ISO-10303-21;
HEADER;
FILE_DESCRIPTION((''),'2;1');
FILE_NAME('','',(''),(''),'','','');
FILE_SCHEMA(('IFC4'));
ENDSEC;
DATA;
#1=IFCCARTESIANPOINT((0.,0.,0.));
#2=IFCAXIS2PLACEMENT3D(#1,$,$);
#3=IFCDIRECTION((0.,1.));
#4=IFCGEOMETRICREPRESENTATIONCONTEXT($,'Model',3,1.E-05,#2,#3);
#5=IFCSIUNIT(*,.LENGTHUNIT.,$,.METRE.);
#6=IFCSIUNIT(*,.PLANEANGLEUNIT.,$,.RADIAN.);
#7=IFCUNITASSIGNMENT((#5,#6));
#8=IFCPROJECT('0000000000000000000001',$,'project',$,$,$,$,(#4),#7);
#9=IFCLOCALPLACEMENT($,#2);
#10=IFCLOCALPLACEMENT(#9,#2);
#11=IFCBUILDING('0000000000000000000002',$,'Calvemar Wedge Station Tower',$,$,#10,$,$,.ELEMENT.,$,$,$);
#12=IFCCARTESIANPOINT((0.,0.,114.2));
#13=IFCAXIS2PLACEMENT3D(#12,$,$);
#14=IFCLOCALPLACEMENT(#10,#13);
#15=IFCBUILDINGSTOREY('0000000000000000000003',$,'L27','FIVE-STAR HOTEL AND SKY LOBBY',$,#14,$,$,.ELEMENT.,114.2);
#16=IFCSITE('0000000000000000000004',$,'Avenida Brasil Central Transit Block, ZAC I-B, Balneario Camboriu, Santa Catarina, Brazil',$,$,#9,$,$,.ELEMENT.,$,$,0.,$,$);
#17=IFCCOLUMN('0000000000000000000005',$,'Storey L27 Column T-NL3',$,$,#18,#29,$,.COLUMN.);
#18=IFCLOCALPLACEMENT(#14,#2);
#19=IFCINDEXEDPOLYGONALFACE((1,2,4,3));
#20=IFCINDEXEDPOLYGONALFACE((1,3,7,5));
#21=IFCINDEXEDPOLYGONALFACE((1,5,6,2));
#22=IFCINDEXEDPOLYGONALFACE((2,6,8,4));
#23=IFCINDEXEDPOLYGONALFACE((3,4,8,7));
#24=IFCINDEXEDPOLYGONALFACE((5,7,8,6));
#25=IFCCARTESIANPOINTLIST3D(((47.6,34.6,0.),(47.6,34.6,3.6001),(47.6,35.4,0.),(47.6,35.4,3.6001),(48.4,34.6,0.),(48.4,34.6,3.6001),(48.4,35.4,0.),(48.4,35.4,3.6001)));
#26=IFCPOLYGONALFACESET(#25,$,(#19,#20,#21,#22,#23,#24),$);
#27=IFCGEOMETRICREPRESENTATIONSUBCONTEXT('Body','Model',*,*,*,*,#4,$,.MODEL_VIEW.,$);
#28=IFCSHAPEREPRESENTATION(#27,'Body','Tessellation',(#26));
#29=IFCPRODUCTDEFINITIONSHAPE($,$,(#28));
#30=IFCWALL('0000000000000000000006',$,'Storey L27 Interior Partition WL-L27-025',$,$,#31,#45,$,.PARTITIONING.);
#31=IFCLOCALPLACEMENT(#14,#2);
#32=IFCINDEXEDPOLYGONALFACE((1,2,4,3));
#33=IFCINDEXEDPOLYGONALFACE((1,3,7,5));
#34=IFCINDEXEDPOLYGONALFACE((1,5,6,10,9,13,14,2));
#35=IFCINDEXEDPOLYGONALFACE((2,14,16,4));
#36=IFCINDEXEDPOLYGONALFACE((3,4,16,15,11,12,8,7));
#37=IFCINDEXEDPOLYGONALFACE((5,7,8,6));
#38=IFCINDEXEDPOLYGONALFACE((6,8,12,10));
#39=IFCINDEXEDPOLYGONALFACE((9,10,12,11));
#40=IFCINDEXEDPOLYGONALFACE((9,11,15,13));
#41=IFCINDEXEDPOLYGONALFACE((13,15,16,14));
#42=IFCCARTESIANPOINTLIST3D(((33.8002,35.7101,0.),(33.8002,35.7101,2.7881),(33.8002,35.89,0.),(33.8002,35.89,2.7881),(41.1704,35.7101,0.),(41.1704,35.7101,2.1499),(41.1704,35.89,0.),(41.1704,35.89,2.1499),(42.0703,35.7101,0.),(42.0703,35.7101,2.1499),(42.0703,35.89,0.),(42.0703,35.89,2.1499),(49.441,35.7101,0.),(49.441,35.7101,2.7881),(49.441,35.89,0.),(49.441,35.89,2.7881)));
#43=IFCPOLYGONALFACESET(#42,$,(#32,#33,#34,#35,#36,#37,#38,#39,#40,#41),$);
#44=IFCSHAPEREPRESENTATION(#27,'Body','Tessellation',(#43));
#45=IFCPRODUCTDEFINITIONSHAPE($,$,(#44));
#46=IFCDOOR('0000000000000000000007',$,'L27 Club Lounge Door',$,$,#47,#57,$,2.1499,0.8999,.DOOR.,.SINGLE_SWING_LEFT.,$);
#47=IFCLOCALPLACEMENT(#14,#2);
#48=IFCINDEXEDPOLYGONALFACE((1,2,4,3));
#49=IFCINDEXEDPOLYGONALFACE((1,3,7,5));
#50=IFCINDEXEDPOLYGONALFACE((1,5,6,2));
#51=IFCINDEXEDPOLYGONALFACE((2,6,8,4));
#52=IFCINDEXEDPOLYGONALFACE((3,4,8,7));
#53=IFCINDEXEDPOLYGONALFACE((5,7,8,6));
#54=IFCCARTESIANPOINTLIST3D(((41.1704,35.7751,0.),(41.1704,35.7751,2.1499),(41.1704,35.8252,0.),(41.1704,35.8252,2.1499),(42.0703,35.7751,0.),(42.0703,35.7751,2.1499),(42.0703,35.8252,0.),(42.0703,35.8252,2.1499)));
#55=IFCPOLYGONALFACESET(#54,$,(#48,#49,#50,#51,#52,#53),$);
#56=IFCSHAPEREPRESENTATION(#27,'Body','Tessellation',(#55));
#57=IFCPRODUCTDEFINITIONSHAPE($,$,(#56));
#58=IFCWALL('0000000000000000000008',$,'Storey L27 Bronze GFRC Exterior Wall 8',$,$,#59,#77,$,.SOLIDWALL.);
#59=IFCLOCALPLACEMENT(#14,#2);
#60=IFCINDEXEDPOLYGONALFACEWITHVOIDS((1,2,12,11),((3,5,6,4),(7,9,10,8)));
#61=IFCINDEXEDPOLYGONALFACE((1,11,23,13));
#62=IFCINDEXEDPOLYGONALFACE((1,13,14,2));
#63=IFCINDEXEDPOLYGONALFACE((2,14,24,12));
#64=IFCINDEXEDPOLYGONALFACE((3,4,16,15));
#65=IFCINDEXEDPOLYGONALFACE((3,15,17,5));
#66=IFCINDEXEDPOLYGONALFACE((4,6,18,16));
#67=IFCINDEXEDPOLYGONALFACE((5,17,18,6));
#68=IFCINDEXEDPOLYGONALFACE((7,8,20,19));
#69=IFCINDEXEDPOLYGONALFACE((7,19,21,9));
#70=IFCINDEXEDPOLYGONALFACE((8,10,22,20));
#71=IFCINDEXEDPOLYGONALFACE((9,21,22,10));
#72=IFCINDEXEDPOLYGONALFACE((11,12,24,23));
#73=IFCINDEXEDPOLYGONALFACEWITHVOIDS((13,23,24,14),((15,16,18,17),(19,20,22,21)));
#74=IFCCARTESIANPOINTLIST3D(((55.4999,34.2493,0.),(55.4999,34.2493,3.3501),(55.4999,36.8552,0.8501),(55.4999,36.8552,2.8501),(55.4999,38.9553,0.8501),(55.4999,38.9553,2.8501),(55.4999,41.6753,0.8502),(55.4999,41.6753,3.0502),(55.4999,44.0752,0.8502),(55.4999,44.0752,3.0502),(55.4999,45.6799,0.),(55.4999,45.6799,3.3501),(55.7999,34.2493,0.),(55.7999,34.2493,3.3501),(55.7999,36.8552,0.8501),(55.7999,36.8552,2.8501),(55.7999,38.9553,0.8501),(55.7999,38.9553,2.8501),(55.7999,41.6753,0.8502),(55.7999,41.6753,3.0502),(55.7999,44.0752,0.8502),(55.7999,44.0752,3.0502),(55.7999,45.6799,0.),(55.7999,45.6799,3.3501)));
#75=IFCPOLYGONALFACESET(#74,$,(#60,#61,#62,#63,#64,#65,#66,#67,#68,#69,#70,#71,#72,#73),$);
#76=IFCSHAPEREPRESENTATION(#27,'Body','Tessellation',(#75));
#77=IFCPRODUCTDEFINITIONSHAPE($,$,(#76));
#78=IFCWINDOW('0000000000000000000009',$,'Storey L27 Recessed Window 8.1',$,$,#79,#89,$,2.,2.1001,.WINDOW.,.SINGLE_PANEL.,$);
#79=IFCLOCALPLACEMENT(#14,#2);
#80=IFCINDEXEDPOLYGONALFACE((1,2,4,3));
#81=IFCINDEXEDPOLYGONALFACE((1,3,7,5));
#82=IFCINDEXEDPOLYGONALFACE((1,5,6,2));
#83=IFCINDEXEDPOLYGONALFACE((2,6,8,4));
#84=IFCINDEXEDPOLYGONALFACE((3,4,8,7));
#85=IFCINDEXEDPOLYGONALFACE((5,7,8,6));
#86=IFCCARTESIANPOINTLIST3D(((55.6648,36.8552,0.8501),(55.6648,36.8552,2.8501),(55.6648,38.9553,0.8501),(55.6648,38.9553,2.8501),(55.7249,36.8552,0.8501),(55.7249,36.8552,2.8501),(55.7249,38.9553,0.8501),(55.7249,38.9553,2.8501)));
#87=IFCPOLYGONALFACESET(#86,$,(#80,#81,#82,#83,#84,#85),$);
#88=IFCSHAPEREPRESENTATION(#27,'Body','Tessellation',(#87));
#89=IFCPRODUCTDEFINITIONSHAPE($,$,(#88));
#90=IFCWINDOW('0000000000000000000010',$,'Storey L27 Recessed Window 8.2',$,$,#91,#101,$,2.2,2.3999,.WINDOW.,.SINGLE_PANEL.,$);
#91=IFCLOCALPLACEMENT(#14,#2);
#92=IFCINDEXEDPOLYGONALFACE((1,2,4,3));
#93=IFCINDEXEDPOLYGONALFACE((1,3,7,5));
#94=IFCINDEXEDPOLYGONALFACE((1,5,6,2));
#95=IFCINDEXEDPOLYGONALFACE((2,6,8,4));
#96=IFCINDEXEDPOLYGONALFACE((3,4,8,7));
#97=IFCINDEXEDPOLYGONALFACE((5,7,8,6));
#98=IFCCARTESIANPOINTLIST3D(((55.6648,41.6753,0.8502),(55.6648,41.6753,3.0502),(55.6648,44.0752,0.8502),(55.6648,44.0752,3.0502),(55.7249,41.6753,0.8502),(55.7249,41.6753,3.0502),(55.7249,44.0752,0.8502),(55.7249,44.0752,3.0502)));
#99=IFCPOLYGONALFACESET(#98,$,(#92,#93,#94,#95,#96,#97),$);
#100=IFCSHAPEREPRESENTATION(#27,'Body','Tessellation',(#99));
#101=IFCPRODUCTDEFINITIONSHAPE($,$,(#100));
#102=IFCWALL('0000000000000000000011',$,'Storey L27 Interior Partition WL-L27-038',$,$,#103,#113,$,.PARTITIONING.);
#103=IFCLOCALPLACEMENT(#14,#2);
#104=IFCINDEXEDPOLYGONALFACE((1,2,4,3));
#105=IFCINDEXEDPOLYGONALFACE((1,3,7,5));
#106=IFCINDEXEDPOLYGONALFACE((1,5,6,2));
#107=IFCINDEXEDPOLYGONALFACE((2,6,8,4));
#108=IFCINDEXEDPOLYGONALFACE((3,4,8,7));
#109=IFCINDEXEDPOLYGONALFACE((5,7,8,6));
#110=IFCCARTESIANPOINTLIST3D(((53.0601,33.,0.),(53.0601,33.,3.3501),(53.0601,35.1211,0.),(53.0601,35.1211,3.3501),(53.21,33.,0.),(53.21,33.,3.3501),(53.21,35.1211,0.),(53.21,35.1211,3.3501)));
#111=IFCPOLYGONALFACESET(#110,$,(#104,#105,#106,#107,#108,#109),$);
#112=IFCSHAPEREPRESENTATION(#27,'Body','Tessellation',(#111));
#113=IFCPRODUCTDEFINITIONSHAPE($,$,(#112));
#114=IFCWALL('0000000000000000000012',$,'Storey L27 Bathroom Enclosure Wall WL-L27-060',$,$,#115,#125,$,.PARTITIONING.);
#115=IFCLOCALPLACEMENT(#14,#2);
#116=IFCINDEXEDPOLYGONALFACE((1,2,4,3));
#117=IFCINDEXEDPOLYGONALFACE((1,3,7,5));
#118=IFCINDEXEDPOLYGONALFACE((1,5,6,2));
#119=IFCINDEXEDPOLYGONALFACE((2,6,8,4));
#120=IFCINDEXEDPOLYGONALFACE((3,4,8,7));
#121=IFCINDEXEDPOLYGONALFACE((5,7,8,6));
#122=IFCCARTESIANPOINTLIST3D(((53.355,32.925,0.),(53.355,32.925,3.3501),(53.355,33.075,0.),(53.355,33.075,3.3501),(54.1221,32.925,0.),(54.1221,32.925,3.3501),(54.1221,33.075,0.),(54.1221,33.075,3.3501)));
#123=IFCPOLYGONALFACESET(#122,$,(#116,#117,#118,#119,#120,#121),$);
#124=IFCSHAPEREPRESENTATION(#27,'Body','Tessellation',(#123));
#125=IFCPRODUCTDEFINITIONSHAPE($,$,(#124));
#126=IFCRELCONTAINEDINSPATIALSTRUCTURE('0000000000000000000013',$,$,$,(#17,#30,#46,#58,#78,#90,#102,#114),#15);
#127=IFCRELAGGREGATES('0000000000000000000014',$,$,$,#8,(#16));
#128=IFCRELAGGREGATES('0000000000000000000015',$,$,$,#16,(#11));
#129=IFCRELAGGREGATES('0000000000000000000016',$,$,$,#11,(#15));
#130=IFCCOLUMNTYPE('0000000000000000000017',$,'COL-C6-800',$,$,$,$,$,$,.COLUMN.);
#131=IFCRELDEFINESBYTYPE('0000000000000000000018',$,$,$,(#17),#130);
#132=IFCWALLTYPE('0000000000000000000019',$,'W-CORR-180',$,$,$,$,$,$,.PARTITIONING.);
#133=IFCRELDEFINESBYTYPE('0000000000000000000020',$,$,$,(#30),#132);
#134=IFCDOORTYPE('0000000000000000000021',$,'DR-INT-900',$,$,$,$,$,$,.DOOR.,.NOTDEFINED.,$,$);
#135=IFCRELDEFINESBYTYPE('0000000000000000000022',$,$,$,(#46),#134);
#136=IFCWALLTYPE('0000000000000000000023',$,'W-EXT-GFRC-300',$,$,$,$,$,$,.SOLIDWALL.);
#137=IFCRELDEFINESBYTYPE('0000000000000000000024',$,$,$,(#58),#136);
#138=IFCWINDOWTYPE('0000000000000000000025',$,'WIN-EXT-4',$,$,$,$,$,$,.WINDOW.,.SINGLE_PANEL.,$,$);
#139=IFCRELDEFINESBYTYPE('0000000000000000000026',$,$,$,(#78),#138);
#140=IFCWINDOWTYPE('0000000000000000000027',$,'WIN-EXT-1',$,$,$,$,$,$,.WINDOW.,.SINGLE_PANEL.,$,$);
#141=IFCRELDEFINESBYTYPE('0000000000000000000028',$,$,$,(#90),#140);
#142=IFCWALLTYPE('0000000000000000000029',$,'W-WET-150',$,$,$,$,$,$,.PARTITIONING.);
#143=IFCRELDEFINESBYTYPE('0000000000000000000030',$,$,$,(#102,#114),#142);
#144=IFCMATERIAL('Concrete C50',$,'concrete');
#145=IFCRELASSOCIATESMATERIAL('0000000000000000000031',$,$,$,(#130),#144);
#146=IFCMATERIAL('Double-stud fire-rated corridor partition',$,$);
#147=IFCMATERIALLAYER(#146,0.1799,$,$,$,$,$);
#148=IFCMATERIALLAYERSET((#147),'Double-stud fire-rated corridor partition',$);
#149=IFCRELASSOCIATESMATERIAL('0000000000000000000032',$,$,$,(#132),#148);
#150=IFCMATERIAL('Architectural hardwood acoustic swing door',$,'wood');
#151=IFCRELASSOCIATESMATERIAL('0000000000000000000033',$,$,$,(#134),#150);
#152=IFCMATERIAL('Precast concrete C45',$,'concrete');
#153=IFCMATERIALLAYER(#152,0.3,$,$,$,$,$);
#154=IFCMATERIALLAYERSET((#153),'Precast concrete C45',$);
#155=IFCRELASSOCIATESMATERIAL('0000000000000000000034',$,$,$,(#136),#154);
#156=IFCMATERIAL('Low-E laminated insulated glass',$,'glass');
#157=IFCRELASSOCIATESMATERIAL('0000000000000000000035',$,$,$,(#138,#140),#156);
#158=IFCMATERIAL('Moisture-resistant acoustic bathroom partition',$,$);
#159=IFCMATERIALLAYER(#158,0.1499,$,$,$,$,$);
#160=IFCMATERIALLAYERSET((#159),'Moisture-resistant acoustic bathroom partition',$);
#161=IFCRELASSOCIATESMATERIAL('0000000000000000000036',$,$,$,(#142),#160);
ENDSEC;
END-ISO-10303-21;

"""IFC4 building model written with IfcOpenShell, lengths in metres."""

from ifc_helpers import new_model, si_unit, direction, frame, frame_2d, origin, origin_2d, place, context, subcontext, project, spatial, rectangle, extrude, source, transform, mapped, material, layer, layer_set, material_profile, profile_set, type_object, element, fill, save


model = new_model("IFC4")

# Units and contexts
model_context = context("Model", 3, precision=1e-05, world=origin(), true_north=direction((0.0, 1.0)))
body_context = subcontext(model_context, "Body", "Model", "MODEL_VIEW")
ifc_project = project(units=[si_unit("LENGTHUNIT", "METRE"), si_unit("PLANEANGLEUNIT", "RADIAN")], contexts=[model_context])

# Site, building, storey
site_placement = place(None, origin())
site = spatial("IfcSite", under=ifc_project, at=site_placement, Name="Avenida Brasil Central Transit Block, ZAC I-B, Balneario Camboriu, Santa Catarina, Brazil", CompositionType="ELEMENT", RefElevation=0.0)
building_placement = place(site_placement, origin())
building = spatial("IfcBuilding", under=site, at=building_placement, Name="Calvemar Wedge Station Tower", CompositionType="ELEMENT")
storey_placement = place(building_placement, frame((0.0, 0.0, 114.2)))
storey = spatial("IfcBuildingStorey", under=building, at=storey_placement, Name="L27", Description="FIVE-STAR HOTEL AND SKY LOBBY", CompositionType="ELEMENT", Elevation=114.2)

# Column
ifc_material_1 = material(Name="Concrete C50", Category="concrete")
ifc_material_profile = material_profile(ifc_material_1, rectangle(XDim=0.8, YDim=0.8, at=origin_2d()), Name="RC800x800")
ifc_profile_set = profile_set([ifc_material_profile], Name="Concrete C50")
column_type = type_object("IfcColumnType", Name="COL-C6-800", PredefinedType="COLUMN", material=ifc_profile_set)
shared_shape_1 = source(origin(), body_context, "Body", "SweptSolid", [
    extrude(rectangle(XDim=0.8, YDim=0.8, at=origin_2d()), origin(), (0.0, 0.0, 1.0), 3.6001),
])
column_placement = place(storey_placement, frame((48.0, 35.0, 0.0), z_axis=(0.0, 0.0, 1.0), x_axis=(1.0, 0.0, 0.0)))
element("IfcColumn", 1, at=column_placement, inside=storey, type_object=column_type, Name="Storey L27 Column T-NL3", PredefinedType="COLUMN", context=body_context, shape_type="MappedRepresentation", body=[
    mapped(shared_shape_1, transform((0.0, 0.0, 0.0), scale=1.0)),
])

# Wall, opening, door
ifc_material_2 = material(Name="Double-stud fire-rated corridor partition")
ifc_layer_1 = layer(ifc_material_2, 0.1799)
ifc_layer_set_1 = layer_set([ifc_layer_1], Name="Double-stud fire-rated corridor partition")
wall_type_1 = type_object("IfcWallType", Name="W-CORR-180", PredefinedType="PARTITIONING", material=ifc_layer_set_1)
shared_shape_2 = source(origin(), body_context, "Body", "SweptSolid", [
    extrude(rectangle(XDim=0.8999, YDim=2.1499, at=frame_2d((0.45, 1.075))), frame((0.0, 0.1001, 0.0), z_axis=(0.0, -1.0, 0.0), x_axis=(1.0, 0.0, 0.0)), (0.0, 0.0, 1.0), 0.2),
])
wall_1_placement = place(storey_placement, frame((49.4409, 35.8, 0.0), z_axis=(0.0, 0.0, 1.0), x_axis=(-1.0, 0.0, 0.0)))
wall_1 = element("IfcWall", 2, at=wall_1_placement, inside=storey, type_object=wall_type_1, Name="Storey L27 Interior Partition WL-L27-025", PredefinedType="PARTITIONING", context=body_context, shape_type="SweptSolid", body=[
    extrude(rectangle(XDim=15.6409, YDim=0.1799, at=frame_2d((7.8203, 0.0))), origin(), (0.0, 0.0, 1.0), 2.7881),
])
opening_1_placement = place(wall_1_placement, frame((7.3706, 0.0, 0.0)))
opening_1 = element("IfcOpeningElement", 3, at=opening_1_placement, cuts=wall_1, PredefinedType="OPENING", context=body_context, shape_type="MappedRepresentation", body=[
    mapped(shared_shape_2, transform((0.0, 0.0, 0.0), scale=1.0)),
])
ifc_material_3 = material(Name="Architectural hardwood acoustic swing door", Category="wood")
door_type_1 = type_object("IfcDoorType", Name="DR-INT-900", OperationType="NOTDEFINED", PredefinedType="DOOR", material=ifc_material_3)
shared_shape_3 = source(origin(), body_context, "Body", "SweptSolid", [
    extrude(rectangle(XDim=0.8999, YDim=2.1499, at=frame_2d((0.45, 1.075))), frame((0.0, 0.0249, 0.0), z_axis=(0.0, -1.0, 0.0), x_axis=(1.0, 0.0, 0.0)), (0.0, 0.0, 1.0), 0.05),
])
door_1_placement = place(opening_1_placement, origin())
door_1 = element("IfcDoor", 4, at=door_1_placement, inside=storey, type_object=door_type_1, Name="L27 Club Lounge Door", OperationType="SINGLE_SWING_LEFT", OverallHeight=2.1499, OverallWidth=0.8999, PredefinedType="DOOR", context=body_context, shape_type="MappedRepresentation", body=[
    mapped(shared_shape_3, transform((0.0, 0.0, 0.0), scale=1.0)),
])
fill(opening_1, door_1)

# Wall, openings, windows
ifc_material_4 = material(Name="Precast concrete C45", Category="concrete")
ifc_layer_2 = layer(ifc_material_4, 0.3)
ifc_layer_set_2 = layer_set([ifc_layer_2], Name="Precast concrete C45")
wall_type_2 = type_object("IfcWallType", Name="W-EXT-GFRC-300", PredefinedType="SOLIDWALL", material=ifc_layer_set_2)
wall_2_placement = place(storey_placement, frame((55.6499, 34.2493, 0.0), z_axis=(0.0, 0.0, 1.0), x_axis=(0.0, 1.0, 0.0)))
wall_2 = element("IfcWall", 5, at=wall_2_placement, inside=storey, type_object=wall_type_2, Name="Storey L27 Bronze GFRC Exterior Wall 8", PredefinedType="SOLIDWALL", context=body_context, shape_type="SweptSolid", body=[
    extrude(rectangle(XDim=11.4307, YDim=0.3, at=frame_2d((5.7153, 0.0))), origin(), (0.0, 0.0, 1.0), 3.3501),
])
shared_shape_4 = source(origin(), body_context, "Body", "SweptSolid", [
    extrude(rectangle(XDim=2.1001, YDim=2.0, at=frame_2d((1.05, 1.0))), frame((0.0, 0.1602, 0.0), z_axis=(0.0, -1.0, 0.0), x_axis=(1.0, 0.0, 0.0)), (0.0, 0.0, 1.0), 0.3201),
])
opening_2_placement = place(wall_2_placement, frame((2.606, 0.0, 0.8501)))
opening_2 = element("IfcOpeningElement", 6, at=opening_2_placement, cuts=wall_2, PredefinedType="OPENING", context=body_context, shape_type="MappedRepresentation", body=[
    mapped(shared_shape_4, transform((0.0, 0.0, 0.0), scale=1.0)),
])
shared_shape_5 = source(origin(), body_context, "Body", "SweptSolid", [
    extrude(rectangle(XDim=2.3999, YDim=2.2, at=frame_2d((1.2, 1.1001))), frame((0.0, 0.1602, 0.0), z_axis=(0.0, -1.0, 0.0), x_axis=(1.0, 0.0, 0.0)), (0.0, 0.0, 1.0), 0.3201),
])
opening_3_placement = place(wall_2_placement, frame((7.426, 0.0, 0.8501)))
opening_3 = element("IfcOpeningElement", 7, at=opening_3_placement, cuts=wall_2, PredefinedType="OPENING", context=body_context, shape_type="MappedRepresentation", body=[
    mapped(shared_shape_5, transform((0.0, 0.0, 0.0), scale=1.0)),
])
ifc_material_5 = material(Name="Low-E laminated insulated glass", Category="glass")
window_type_1 = type_object("IfcWindowType", Name="WIN-EXT-4", PartitioningType="SINGLE_PANEL", PredefinedType="WINDOW", material=ifc_material_5)
shared_shape_6 = source(origin(), body_context, "Body", "SweptSolid", [
    extrude(rectangle(XDim=2.1001, YDim=2.0, at=frame_2d((1.05, 1.0))), frame((0.0, -0.0149, 0.0), z_axis=(0.0, -1.0, 0.0), x_axis=(1.0, 0.0, 0.0)), (0.0, 0.0, 1.0), 0.0601),
])
window_1_placement = place(opening_2_placement, origin())
window_1 = element("IfcWindow", 8, at=window_1_placement, inside=storey, type_object=window_type_1, Name="Storey L27 Recessed Window 8.1", OverallHeight=2.0, OverallWidth=2.1001, PartitioningType="SINGLE_PANEL", PredefinedType="WINDOW", context=body_context, shape_type="MappedRepresentation", body=[
    mapped(shared_shape_6, transform((0.0, 0.0, 0.0), scale=1.0)),
])
fill(opening_2, window_1)
window_type_2 = type_object("IfcWindowType", Name="WIN-EXT-1", PartitioningType="SINGLE_PANEL", PredefinedType="WINDOW", material=ifc_material_5)
shared_shape_7 = source(origin(), body_context, "Body", "SweptSolid", [
    extrude(rectangle(XDim=2.3999, YDim=2.2, at=frame_2d((1.2, 1.1001))), frame((0.0, -0.0149, 0.0), z_axis=(0.0, -1.0, 0.0), x_axis=(1.0, 0.0, 0.0)), (0.0, 0.0, 1.0), 0.0601),
])
window_2_placement = place(opening_3_placement, origin())
window_2 = element("IfcWindow", 9, at=window_2_placement, inside=storey, type_object=window_type_2, Name="Storey L27 Recessed Window 8.2", OverallHeight=2.2, OverallWidth=2.3999, PartitioningType="SINGLE_PANEL", PredefinedType="WINDOW", context=body_context, shape_type="MappedRepresentation", body=[
    mapped(shared_shape_7, transform((0.0, 0.0, 0.0), scale=1.0)),
])
fill(opening_3, window_2)

# Shared definitions
ifc_material_6 = material(Name="Moisture-resistant acoustic bathroom partition")
ifc_layer_3 = layer(ifc_material_6, 0.1499)
ifc_layer_set_3 = layer_set([ifc_layer_3], Name="Moisture-resistant acoustic bathroom partition")
wall_type_3 = type_object("IfcWallType", Name="W-WET-150", PredefinedType="PARTITIONING", material=ifc_layer_set_3)

# Walls
wall_3_placement = place(storey_placement, frame((53.135, 33.0, 0.0), z_axis=(0.0, 0.0, 1.0), x_axis=(0.0, 1.0, 0.0)))
element("IfcWall", 10, at=wall_3_placement, inside=storey, type_object=wall_type_3, Name="Storey L27 Interior Partition WL-L27-038", PredefinedType="PARTITIONING", context=body_context, shape_type="SweptSolid", body=[
    extrude(rectangle(XDim=2.1211, YDim=0.1499, at=frame_2d((1.0605, 0.0))), origin(), (0.0, 0.0, 1.0), 3.3501),
])
wall_4_placement = place(storey_placement, frame((54.1221, 33.0, 0.0), z_axis=(0.0, 0.0, 1.0), x_axis=(-1.0, 0.0, 0.0)))
element("IfcWall", 11, at=wall_4_placement, inside=storey, type_object=wall_type_3, Name="Storey L27 Bathroom Enclosure Wall WL-L27-060", PredefinedType="PARTITIONING", context=body_context, shape_type="SweptSolid", body=[
    extrude(rectangle(XDim=0.7671, YDim=0.1499, at=frame_2d((0.3835, 0.0))), origin(), (0.0, 0.0, 1.0), 3.3501),
])

save(model, "model.ifc")
